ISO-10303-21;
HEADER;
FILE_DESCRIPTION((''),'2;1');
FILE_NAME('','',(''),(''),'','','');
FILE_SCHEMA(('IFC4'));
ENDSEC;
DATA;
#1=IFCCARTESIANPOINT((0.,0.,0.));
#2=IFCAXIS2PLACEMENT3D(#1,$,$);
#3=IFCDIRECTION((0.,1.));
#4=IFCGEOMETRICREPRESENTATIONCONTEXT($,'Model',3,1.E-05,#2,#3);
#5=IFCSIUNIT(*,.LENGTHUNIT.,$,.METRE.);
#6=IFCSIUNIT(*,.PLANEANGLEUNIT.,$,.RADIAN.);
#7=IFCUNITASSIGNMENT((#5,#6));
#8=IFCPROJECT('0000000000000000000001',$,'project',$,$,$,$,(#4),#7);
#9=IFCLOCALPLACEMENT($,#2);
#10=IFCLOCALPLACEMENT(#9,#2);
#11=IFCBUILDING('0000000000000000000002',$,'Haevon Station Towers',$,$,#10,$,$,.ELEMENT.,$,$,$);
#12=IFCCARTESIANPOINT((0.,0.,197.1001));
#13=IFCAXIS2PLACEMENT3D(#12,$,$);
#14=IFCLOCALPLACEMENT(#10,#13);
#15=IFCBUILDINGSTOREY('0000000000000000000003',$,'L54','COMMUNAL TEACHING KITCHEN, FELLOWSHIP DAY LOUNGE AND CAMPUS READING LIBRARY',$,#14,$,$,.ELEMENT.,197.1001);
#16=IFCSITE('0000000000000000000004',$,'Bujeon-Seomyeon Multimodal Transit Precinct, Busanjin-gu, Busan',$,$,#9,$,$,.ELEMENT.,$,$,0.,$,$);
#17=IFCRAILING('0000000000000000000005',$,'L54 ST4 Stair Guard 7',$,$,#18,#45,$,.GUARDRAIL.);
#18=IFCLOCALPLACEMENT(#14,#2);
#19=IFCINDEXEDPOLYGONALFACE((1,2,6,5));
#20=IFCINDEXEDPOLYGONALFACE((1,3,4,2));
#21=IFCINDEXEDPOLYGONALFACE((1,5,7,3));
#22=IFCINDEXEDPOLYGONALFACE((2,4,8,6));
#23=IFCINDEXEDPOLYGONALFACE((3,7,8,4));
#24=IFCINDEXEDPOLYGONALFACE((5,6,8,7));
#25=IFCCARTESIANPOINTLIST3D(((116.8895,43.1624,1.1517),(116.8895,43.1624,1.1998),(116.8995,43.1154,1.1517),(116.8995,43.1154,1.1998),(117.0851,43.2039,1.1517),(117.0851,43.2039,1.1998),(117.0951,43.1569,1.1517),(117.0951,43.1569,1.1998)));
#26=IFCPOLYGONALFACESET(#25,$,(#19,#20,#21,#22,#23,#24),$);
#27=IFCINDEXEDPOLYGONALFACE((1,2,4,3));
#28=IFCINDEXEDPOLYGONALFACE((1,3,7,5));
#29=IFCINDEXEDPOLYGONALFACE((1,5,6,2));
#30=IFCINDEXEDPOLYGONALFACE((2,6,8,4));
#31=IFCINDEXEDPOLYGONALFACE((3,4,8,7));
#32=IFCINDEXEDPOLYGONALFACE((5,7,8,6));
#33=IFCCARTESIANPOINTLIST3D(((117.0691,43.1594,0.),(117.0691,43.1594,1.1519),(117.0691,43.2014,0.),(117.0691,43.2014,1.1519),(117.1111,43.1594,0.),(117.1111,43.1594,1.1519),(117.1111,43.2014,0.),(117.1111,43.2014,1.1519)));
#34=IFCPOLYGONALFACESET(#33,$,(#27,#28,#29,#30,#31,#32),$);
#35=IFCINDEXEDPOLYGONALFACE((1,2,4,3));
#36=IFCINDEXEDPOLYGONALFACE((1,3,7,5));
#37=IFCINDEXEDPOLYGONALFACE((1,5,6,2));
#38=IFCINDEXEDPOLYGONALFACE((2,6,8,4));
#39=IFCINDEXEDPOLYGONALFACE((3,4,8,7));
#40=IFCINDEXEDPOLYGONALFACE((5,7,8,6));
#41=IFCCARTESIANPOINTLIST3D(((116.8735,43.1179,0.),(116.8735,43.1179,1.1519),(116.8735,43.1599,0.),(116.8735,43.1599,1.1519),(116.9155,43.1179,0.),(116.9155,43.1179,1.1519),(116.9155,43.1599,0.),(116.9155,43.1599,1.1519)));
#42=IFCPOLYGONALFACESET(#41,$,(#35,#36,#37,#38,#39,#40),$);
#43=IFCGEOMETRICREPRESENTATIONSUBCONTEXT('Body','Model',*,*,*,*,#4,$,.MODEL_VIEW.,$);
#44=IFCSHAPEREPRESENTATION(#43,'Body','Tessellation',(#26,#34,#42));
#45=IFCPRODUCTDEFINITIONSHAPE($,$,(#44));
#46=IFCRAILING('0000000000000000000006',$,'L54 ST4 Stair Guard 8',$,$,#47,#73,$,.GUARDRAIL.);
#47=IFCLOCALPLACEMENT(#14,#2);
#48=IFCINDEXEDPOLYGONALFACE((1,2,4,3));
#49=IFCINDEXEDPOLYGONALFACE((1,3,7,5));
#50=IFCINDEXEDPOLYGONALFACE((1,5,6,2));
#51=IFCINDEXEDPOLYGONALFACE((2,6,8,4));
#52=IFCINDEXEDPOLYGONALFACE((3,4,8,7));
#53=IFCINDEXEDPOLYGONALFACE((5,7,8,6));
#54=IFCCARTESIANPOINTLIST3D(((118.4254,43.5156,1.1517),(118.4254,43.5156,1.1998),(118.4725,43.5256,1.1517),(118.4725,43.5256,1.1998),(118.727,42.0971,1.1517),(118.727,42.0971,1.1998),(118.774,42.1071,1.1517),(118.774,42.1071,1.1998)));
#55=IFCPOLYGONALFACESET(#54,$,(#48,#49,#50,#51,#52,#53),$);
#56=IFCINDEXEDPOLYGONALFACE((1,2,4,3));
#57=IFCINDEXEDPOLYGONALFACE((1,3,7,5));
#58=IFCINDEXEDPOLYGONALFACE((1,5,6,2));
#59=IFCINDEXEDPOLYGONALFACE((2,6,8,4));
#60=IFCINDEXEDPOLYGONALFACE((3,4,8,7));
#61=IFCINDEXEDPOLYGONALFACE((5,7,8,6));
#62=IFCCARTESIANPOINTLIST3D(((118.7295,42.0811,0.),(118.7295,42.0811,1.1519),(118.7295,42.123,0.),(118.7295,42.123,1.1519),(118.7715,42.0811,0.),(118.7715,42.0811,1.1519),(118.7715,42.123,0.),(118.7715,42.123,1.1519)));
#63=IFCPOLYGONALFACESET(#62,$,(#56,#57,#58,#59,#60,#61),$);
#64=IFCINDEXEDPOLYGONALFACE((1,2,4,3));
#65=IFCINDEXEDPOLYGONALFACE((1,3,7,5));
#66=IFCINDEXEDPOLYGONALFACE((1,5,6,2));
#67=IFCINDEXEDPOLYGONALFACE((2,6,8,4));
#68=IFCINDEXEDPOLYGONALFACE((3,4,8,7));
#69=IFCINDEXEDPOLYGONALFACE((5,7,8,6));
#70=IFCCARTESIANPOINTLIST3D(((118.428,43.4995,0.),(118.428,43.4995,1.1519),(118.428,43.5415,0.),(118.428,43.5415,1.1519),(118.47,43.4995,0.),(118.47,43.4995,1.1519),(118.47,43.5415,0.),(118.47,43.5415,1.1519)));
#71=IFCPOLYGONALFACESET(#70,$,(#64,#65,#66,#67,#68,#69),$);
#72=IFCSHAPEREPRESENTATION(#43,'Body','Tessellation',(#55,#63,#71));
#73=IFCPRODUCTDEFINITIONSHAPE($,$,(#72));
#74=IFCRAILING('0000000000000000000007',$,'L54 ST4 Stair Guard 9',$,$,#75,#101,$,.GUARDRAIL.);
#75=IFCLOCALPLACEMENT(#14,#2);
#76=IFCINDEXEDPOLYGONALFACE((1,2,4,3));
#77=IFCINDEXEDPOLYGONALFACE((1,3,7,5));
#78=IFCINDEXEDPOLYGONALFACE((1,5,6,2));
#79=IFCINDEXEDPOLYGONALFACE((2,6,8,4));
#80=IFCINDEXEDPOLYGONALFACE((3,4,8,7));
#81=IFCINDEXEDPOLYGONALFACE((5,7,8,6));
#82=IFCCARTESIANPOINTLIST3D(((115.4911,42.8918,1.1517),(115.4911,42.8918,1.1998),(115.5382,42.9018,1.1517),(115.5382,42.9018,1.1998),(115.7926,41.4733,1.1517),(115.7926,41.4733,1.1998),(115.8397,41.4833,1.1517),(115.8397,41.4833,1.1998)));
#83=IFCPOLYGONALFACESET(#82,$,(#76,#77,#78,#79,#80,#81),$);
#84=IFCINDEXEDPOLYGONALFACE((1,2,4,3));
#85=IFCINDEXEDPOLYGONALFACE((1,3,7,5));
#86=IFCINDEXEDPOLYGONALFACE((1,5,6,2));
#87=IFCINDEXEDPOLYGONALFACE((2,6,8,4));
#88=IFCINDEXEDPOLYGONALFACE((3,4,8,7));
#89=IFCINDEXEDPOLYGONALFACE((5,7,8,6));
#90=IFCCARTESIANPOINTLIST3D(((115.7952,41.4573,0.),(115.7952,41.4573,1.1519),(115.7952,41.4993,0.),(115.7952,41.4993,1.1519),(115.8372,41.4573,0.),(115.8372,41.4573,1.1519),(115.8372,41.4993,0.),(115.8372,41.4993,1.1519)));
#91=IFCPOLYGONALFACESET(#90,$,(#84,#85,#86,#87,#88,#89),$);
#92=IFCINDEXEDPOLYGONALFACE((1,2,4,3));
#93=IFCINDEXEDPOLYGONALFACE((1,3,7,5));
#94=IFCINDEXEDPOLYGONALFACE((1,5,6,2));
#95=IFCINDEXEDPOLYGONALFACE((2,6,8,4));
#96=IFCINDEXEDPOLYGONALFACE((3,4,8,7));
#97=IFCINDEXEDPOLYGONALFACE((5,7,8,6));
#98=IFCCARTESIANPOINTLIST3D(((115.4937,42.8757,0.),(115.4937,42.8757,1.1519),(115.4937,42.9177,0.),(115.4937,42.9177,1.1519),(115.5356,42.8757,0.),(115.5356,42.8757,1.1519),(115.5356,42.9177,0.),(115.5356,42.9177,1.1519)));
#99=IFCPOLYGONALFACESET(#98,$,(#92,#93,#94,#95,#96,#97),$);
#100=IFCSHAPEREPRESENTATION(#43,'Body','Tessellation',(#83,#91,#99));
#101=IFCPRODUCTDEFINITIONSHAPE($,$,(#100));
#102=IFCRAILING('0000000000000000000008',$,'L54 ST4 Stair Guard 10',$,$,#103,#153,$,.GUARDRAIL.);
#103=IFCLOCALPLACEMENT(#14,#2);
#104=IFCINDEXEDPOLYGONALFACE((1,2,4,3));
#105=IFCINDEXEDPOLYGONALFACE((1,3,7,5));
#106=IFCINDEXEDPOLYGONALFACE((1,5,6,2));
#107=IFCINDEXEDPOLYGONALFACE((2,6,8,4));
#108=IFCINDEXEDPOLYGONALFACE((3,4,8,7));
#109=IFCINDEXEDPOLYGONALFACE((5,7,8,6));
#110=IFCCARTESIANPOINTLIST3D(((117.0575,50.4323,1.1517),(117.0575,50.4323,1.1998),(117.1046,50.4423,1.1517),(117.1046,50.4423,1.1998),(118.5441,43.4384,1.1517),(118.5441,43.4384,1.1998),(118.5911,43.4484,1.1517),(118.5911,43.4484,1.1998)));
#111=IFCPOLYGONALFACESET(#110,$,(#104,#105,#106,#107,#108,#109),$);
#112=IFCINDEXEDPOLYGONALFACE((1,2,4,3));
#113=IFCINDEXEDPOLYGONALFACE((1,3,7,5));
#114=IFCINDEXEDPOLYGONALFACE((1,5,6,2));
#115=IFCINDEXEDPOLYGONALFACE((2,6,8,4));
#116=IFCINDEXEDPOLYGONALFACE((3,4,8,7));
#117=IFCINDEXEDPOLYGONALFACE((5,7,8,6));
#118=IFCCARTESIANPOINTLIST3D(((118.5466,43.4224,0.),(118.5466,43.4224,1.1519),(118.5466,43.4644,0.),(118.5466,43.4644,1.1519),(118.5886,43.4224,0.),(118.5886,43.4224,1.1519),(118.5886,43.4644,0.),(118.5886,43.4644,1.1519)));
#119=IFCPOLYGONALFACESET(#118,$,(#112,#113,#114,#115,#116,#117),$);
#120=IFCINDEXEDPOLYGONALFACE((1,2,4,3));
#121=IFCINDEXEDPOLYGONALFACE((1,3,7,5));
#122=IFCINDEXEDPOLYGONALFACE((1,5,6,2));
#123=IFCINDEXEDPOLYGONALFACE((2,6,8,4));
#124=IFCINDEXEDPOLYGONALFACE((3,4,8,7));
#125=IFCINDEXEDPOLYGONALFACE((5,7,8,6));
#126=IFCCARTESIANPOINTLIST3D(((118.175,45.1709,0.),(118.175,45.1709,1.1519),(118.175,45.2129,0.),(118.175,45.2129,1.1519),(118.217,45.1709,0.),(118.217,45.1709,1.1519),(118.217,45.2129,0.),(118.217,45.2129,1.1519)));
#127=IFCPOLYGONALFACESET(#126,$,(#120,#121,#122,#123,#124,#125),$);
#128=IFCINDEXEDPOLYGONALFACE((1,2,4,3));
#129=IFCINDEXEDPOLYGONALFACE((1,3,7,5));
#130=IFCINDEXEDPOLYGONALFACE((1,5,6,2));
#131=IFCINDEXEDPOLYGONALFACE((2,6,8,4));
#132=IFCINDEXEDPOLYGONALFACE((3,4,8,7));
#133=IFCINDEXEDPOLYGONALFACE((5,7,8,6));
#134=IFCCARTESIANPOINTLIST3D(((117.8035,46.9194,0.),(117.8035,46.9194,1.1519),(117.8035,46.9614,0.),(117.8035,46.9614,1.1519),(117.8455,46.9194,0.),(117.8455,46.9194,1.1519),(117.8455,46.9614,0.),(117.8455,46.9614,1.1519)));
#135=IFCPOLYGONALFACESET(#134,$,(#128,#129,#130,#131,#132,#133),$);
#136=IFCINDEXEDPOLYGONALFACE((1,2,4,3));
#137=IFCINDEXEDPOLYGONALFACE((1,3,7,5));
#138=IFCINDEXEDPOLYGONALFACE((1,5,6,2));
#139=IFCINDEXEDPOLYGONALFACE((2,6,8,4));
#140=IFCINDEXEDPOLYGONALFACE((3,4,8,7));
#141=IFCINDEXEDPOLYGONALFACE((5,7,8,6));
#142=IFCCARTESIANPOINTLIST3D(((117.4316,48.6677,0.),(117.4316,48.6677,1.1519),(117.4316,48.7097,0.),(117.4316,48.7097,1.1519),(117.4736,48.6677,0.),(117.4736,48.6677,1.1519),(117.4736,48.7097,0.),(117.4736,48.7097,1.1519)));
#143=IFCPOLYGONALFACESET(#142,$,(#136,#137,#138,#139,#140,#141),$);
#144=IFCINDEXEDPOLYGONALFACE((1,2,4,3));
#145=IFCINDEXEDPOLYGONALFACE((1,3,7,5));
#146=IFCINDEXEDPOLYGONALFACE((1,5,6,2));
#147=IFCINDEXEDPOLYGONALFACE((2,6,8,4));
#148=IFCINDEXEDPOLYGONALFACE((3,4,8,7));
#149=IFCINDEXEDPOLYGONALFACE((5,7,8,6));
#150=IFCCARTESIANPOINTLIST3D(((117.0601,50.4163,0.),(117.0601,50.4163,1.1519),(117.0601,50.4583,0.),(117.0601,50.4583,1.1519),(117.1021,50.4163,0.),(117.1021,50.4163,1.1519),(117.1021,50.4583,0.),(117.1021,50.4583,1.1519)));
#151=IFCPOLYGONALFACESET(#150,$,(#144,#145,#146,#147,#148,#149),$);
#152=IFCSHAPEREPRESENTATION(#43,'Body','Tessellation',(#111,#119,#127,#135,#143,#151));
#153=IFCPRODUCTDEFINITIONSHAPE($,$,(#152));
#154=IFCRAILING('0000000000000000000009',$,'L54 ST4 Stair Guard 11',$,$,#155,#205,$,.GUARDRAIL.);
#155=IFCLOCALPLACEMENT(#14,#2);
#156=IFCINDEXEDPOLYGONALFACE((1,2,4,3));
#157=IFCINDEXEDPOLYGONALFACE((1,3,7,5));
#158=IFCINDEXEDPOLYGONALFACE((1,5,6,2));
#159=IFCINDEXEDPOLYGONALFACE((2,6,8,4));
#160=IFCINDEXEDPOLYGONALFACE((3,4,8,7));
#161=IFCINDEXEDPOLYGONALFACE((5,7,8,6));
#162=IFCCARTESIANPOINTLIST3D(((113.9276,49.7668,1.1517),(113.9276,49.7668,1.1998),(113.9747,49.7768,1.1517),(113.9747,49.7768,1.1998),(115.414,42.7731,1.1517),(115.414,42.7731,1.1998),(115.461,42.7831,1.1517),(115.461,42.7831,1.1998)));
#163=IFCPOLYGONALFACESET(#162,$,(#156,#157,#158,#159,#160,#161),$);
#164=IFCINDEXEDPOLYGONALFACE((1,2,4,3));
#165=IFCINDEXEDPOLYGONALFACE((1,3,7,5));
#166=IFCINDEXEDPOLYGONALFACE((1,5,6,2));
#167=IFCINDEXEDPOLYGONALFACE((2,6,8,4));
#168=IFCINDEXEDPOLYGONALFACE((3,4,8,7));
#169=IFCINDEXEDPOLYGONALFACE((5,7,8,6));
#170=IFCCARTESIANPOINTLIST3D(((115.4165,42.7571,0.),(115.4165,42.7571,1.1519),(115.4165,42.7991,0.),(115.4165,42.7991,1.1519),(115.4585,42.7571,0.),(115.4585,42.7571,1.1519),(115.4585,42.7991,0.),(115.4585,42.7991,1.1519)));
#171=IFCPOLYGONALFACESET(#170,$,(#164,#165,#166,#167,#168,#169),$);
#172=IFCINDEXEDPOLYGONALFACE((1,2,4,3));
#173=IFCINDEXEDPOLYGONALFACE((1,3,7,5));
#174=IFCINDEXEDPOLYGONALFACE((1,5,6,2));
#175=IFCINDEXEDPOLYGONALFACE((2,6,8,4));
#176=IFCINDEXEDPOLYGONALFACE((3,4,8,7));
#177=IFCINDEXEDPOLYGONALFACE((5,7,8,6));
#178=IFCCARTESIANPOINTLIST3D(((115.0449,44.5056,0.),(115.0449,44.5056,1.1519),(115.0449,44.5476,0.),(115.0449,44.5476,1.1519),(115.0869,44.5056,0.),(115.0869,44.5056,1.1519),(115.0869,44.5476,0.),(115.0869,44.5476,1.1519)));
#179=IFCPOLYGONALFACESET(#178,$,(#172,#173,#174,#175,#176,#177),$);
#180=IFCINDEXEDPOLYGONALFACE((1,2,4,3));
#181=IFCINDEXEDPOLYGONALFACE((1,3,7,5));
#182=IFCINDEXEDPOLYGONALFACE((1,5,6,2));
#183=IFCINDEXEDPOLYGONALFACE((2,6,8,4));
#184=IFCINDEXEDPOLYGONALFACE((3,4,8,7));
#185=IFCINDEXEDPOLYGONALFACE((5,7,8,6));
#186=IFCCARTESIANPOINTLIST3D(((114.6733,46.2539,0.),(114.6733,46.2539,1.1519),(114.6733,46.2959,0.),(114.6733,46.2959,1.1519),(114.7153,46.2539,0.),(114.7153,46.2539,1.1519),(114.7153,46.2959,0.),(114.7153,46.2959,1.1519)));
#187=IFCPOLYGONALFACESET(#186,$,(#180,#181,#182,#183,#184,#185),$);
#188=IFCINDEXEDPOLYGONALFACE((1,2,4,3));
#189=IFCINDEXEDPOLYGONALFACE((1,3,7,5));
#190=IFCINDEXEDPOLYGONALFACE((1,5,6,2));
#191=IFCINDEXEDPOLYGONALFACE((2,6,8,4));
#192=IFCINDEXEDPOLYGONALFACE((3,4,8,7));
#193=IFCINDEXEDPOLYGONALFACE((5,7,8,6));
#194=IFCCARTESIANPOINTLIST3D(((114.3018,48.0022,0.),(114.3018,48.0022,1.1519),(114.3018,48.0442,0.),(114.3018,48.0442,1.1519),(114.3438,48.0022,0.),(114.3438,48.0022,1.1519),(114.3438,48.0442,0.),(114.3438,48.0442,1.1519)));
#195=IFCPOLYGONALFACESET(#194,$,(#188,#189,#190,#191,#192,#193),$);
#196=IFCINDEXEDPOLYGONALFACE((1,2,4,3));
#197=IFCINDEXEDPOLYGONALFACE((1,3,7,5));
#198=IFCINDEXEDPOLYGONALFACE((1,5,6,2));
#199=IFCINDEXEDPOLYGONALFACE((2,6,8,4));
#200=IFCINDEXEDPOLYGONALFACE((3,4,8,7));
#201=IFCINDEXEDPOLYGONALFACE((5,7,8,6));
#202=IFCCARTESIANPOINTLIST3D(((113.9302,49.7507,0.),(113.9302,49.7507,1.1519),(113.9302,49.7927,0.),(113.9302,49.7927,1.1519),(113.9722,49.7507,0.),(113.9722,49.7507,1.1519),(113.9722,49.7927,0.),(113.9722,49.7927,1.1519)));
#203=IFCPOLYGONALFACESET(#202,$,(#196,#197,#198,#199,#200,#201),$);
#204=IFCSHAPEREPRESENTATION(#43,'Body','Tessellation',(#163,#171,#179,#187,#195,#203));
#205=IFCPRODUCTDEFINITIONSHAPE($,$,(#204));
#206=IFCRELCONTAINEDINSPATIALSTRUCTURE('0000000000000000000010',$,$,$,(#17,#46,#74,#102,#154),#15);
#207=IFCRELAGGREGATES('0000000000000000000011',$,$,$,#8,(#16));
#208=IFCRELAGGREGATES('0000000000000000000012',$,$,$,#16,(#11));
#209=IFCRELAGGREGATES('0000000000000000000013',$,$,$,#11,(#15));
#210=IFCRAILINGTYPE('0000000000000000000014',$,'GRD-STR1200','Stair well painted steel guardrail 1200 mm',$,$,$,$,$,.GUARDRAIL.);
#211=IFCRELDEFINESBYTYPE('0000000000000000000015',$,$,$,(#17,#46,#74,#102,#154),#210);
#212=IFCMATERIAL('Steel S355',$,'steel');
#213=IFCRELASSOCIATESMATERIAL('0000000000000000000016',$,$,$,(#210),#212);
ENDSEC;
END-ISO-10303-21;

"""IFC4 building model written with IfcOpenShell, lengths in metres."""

from ifc_helpers import new_model, si_unit, direction, frame, origin, origin_2d, place, context, subcontext, project, spatial, rectangle, extrude, material, type_object, element, save


model = new_model("IFC4")

# Units and contexts
model_context = context("Model", 3, precision=1e-05, world=origin(), true_north=direction((0.0, 1.0)))
body_context = subcontext(model_context, "Body", "Model", "MODEL_VIEW")
ifc_project = project(units=[si_unit("LENGTHUNIT", "METRE"), si_unit("PLANEANGLEUNIT", "RADIAN")], contexts=[model_context])

# Site, building, storey
site_placement = place(None, origin())
site = spatial("IfcSite", under=ifc_project, at=site_placement, Name="Bujeon-Seomyeon Multimodal Transit Precinct, Busanjin-gu, Busan", CompositionType="ELEMENT", RefElevation=0.0)
building_placement = place(site_placement, origin())
building = spatial("IfcBuilding", under=site, at=building_placement, Name="Haevon Station Towers", CompositionType="ELEMENT")
storey_placement = place(building_placement, frame((0.0, 0.0, 197.1001)))
storey = spatial("IfcBuildingStorey", under=building, at=storey_placement, Name="L54", Description="COMMUNAL TEACHING KITCHEN, FELLOWSHIP DAY LOUNGE AND CAMPUS READING LIBRARY", CompositionType="ELEMENT", Elevation=197.1001)

# Shared definitions
ifc_material_1 = material(Name="Steel S355", Category="steel")

# Railings
railing_type_1 = type_object("IfcRailingType", Name="GRD-STR1200", Description="Stair well painted steel guardrail 1200 mm", PredefinedType="GUARDRAIL", material=ifc_material_1)
railing_1_placement = place(storey_placement, frame((117.0901, 43.1804, 0.0)))
element("IfcRailing", 1, at=railing_1_placement, inside=storey, type_object=railing_type_1, Name="L54 ST4 Stair Guard 7", PredefinedType="GUARDRAIL", context=body_context, shape_type="SweptSolid", body=[
    extrude(rectangle(XDim=0.0481, YDim=0.0481, at=origin_2d()), frame((0.0, 0.0, 1.1758), z_axis=(-0.978212, -0.20761, 0.0), x_axis=(0.20761, -0.978212, 0.0)), (0.0, 0.0, 1.0), 0.2),
    extrude(rectangle(XDim=0.042, YDim=0.042, at=origin_2d()), origin(), (0.0, 0.0, 1.0), 1.1519),
    extrude(rectangle(XDim=0.042, YDim=0.042, at=origin_2d()), frame((-0.1956, -0.0415, 0.0)), (0.0, 0.0, 1.0), 1.1519),
])
for number, where, name in (
    (2, (118.7505, 42.1021, 0.0), "L54 ST4 Stair Guard 8"),
    (3, (115.8162, 41.4783, 0.0), "L54 ST4 Stair Guard 9"),
):
    element("IfcRailing", number, at=place(storey_placement, frame(where)), inside=storey, type_object=railing_type_1, Name=name, PredefinedType="GUARDRAIL", context=body_context, shape_type="SweptSolid", body=[
        extrude(rectangle(XDim=0.0481, YDim=0.0481, at=origin_2d()), frame((0.0, 0.0, 1.1758), z_axis=(-0.207919, 0.978146, 0.0), x_axis=(-0.978146, -0.207919, 0.0)), (0.0, 0.0, 1.0), 1.4502),
        extrude(rectangle(XDim=0.042, YDim=0.042, at=origin_2d()), origin(), (0.0, 0.0, 1.0), 1.1519),
        extrude(rectangle(XDim=0.042, YDim=0.042, at=origin_2d()), frame((-0.3015, 1.4185, 0.0)), (0.0, 0.0, 1.0), 1.1519),
    ])
railing_2_placement = place(storey_placement, frame((118.5676, 43.4434, 0.0)))
element("IfcRailing", 4, at=railing_2_placement, inside=storey, type_object=railing_type_1, Name="L54 ST4 Stair Guard 10", PredefinedType="GUARDRAIL", context=body_context, shape_type="SweptSolid", body=[
    extrude(rectangle(XDim=0.0481, YDim=0.0481, at=origin_2d()), frame((0.0, 0.0, 1.1758), z_axis=(-0.207908, 0.978148, 0.0), x_axis=(-0.978148, -0.207908, 0.0)), (0.0, 0.0, 1.0), 7.1501),
    extrude(rectangle(XDim=0.042, YDim=0.042, at=origin_2d()), origin(), (0.0, 0.0, 1.0), 1.1519),
    extrude(rectangle(XDim=0.042, YDim=0.042, at=origin_2d()), frame((-0.3716, 1.7485, 0.0)), (0.0, 0.0, 1.0), 1.1519),
    extrude(rectangle(XDim=0.042, YDim=0.042, at=origin_2d()), frame((-0.7432, 3.4971, 0.0)), (0.0, 0.0, 1.0), 1.1519),
    extrude(rectangle(XDim=0.042, YDim=0.042, at=origin_2d()), frame((-1.115, 5.2454, 0.0)), (0.0, 0.0, 1.0), 1.1519),
    extrude(rectangle(XDim=0.042, YDim=0.042, at=origin_2d()), frame((-1.4866, 6.9939, 0.0)), (0.0, 0.0, 1.0), 1.1519),
])
railing_3_placement = place(storey_placement, frame((115.4375, 42.7781, 0.0)))
element("IfcRailing", 5, at=railing_3_placement, inside=storey, type_object=railing_type_1, Name="L54 ST4 Stair Guard 11", PredefinedType="GUARDRAIL", context=body_context, shape_type="SweptSolid", body=[
    extrude(rectangle(XDim=0.0481, YDim=0.0481, at=origin_2d()), frame((0.0, 0.0, 1.1758), z_axis=(-0.207882, 0.978154, 0.0), x_axis=(-0.978154, -0.207882, 0.0)), (0.0, 0.0, 1.0), 7.1499),
    extrude(rectangle(XDim=0.042, YDim=0.042, at=origin_2d()), origin(), (0.0, 0.0, 1.0), 1.1519),
    extrude(rectangle(XDim=0.042, YDim=0.042, at=origin_2d()), frame((-0.3716, 1.7485, 0.0)), (0.0, 0.0, 1.0), 1.1519),
    extrude(rectangle(XDim=0.042, YDim=0.042, at=origin_2d()), frame((-0.7432, 3.4968, 0.0)), (0.0, 0.0, 1.0), 1.1519),
    extrude(rectangle(XDim=0.042, YDim=0.042, at=origin_2d()), frame((-1.1147, 5.2451, 0.0)), (0.0, 0.0, 1.0), 1.1519),
    extrude(rectangle(XDim=0.042, YDim=0.042, at=origin_2d()), frame((-1.4863, 6.9937, 0.0)), (0.0, 0.0, 1.0), 1.1519),
])

save(model, "model.ifc")
